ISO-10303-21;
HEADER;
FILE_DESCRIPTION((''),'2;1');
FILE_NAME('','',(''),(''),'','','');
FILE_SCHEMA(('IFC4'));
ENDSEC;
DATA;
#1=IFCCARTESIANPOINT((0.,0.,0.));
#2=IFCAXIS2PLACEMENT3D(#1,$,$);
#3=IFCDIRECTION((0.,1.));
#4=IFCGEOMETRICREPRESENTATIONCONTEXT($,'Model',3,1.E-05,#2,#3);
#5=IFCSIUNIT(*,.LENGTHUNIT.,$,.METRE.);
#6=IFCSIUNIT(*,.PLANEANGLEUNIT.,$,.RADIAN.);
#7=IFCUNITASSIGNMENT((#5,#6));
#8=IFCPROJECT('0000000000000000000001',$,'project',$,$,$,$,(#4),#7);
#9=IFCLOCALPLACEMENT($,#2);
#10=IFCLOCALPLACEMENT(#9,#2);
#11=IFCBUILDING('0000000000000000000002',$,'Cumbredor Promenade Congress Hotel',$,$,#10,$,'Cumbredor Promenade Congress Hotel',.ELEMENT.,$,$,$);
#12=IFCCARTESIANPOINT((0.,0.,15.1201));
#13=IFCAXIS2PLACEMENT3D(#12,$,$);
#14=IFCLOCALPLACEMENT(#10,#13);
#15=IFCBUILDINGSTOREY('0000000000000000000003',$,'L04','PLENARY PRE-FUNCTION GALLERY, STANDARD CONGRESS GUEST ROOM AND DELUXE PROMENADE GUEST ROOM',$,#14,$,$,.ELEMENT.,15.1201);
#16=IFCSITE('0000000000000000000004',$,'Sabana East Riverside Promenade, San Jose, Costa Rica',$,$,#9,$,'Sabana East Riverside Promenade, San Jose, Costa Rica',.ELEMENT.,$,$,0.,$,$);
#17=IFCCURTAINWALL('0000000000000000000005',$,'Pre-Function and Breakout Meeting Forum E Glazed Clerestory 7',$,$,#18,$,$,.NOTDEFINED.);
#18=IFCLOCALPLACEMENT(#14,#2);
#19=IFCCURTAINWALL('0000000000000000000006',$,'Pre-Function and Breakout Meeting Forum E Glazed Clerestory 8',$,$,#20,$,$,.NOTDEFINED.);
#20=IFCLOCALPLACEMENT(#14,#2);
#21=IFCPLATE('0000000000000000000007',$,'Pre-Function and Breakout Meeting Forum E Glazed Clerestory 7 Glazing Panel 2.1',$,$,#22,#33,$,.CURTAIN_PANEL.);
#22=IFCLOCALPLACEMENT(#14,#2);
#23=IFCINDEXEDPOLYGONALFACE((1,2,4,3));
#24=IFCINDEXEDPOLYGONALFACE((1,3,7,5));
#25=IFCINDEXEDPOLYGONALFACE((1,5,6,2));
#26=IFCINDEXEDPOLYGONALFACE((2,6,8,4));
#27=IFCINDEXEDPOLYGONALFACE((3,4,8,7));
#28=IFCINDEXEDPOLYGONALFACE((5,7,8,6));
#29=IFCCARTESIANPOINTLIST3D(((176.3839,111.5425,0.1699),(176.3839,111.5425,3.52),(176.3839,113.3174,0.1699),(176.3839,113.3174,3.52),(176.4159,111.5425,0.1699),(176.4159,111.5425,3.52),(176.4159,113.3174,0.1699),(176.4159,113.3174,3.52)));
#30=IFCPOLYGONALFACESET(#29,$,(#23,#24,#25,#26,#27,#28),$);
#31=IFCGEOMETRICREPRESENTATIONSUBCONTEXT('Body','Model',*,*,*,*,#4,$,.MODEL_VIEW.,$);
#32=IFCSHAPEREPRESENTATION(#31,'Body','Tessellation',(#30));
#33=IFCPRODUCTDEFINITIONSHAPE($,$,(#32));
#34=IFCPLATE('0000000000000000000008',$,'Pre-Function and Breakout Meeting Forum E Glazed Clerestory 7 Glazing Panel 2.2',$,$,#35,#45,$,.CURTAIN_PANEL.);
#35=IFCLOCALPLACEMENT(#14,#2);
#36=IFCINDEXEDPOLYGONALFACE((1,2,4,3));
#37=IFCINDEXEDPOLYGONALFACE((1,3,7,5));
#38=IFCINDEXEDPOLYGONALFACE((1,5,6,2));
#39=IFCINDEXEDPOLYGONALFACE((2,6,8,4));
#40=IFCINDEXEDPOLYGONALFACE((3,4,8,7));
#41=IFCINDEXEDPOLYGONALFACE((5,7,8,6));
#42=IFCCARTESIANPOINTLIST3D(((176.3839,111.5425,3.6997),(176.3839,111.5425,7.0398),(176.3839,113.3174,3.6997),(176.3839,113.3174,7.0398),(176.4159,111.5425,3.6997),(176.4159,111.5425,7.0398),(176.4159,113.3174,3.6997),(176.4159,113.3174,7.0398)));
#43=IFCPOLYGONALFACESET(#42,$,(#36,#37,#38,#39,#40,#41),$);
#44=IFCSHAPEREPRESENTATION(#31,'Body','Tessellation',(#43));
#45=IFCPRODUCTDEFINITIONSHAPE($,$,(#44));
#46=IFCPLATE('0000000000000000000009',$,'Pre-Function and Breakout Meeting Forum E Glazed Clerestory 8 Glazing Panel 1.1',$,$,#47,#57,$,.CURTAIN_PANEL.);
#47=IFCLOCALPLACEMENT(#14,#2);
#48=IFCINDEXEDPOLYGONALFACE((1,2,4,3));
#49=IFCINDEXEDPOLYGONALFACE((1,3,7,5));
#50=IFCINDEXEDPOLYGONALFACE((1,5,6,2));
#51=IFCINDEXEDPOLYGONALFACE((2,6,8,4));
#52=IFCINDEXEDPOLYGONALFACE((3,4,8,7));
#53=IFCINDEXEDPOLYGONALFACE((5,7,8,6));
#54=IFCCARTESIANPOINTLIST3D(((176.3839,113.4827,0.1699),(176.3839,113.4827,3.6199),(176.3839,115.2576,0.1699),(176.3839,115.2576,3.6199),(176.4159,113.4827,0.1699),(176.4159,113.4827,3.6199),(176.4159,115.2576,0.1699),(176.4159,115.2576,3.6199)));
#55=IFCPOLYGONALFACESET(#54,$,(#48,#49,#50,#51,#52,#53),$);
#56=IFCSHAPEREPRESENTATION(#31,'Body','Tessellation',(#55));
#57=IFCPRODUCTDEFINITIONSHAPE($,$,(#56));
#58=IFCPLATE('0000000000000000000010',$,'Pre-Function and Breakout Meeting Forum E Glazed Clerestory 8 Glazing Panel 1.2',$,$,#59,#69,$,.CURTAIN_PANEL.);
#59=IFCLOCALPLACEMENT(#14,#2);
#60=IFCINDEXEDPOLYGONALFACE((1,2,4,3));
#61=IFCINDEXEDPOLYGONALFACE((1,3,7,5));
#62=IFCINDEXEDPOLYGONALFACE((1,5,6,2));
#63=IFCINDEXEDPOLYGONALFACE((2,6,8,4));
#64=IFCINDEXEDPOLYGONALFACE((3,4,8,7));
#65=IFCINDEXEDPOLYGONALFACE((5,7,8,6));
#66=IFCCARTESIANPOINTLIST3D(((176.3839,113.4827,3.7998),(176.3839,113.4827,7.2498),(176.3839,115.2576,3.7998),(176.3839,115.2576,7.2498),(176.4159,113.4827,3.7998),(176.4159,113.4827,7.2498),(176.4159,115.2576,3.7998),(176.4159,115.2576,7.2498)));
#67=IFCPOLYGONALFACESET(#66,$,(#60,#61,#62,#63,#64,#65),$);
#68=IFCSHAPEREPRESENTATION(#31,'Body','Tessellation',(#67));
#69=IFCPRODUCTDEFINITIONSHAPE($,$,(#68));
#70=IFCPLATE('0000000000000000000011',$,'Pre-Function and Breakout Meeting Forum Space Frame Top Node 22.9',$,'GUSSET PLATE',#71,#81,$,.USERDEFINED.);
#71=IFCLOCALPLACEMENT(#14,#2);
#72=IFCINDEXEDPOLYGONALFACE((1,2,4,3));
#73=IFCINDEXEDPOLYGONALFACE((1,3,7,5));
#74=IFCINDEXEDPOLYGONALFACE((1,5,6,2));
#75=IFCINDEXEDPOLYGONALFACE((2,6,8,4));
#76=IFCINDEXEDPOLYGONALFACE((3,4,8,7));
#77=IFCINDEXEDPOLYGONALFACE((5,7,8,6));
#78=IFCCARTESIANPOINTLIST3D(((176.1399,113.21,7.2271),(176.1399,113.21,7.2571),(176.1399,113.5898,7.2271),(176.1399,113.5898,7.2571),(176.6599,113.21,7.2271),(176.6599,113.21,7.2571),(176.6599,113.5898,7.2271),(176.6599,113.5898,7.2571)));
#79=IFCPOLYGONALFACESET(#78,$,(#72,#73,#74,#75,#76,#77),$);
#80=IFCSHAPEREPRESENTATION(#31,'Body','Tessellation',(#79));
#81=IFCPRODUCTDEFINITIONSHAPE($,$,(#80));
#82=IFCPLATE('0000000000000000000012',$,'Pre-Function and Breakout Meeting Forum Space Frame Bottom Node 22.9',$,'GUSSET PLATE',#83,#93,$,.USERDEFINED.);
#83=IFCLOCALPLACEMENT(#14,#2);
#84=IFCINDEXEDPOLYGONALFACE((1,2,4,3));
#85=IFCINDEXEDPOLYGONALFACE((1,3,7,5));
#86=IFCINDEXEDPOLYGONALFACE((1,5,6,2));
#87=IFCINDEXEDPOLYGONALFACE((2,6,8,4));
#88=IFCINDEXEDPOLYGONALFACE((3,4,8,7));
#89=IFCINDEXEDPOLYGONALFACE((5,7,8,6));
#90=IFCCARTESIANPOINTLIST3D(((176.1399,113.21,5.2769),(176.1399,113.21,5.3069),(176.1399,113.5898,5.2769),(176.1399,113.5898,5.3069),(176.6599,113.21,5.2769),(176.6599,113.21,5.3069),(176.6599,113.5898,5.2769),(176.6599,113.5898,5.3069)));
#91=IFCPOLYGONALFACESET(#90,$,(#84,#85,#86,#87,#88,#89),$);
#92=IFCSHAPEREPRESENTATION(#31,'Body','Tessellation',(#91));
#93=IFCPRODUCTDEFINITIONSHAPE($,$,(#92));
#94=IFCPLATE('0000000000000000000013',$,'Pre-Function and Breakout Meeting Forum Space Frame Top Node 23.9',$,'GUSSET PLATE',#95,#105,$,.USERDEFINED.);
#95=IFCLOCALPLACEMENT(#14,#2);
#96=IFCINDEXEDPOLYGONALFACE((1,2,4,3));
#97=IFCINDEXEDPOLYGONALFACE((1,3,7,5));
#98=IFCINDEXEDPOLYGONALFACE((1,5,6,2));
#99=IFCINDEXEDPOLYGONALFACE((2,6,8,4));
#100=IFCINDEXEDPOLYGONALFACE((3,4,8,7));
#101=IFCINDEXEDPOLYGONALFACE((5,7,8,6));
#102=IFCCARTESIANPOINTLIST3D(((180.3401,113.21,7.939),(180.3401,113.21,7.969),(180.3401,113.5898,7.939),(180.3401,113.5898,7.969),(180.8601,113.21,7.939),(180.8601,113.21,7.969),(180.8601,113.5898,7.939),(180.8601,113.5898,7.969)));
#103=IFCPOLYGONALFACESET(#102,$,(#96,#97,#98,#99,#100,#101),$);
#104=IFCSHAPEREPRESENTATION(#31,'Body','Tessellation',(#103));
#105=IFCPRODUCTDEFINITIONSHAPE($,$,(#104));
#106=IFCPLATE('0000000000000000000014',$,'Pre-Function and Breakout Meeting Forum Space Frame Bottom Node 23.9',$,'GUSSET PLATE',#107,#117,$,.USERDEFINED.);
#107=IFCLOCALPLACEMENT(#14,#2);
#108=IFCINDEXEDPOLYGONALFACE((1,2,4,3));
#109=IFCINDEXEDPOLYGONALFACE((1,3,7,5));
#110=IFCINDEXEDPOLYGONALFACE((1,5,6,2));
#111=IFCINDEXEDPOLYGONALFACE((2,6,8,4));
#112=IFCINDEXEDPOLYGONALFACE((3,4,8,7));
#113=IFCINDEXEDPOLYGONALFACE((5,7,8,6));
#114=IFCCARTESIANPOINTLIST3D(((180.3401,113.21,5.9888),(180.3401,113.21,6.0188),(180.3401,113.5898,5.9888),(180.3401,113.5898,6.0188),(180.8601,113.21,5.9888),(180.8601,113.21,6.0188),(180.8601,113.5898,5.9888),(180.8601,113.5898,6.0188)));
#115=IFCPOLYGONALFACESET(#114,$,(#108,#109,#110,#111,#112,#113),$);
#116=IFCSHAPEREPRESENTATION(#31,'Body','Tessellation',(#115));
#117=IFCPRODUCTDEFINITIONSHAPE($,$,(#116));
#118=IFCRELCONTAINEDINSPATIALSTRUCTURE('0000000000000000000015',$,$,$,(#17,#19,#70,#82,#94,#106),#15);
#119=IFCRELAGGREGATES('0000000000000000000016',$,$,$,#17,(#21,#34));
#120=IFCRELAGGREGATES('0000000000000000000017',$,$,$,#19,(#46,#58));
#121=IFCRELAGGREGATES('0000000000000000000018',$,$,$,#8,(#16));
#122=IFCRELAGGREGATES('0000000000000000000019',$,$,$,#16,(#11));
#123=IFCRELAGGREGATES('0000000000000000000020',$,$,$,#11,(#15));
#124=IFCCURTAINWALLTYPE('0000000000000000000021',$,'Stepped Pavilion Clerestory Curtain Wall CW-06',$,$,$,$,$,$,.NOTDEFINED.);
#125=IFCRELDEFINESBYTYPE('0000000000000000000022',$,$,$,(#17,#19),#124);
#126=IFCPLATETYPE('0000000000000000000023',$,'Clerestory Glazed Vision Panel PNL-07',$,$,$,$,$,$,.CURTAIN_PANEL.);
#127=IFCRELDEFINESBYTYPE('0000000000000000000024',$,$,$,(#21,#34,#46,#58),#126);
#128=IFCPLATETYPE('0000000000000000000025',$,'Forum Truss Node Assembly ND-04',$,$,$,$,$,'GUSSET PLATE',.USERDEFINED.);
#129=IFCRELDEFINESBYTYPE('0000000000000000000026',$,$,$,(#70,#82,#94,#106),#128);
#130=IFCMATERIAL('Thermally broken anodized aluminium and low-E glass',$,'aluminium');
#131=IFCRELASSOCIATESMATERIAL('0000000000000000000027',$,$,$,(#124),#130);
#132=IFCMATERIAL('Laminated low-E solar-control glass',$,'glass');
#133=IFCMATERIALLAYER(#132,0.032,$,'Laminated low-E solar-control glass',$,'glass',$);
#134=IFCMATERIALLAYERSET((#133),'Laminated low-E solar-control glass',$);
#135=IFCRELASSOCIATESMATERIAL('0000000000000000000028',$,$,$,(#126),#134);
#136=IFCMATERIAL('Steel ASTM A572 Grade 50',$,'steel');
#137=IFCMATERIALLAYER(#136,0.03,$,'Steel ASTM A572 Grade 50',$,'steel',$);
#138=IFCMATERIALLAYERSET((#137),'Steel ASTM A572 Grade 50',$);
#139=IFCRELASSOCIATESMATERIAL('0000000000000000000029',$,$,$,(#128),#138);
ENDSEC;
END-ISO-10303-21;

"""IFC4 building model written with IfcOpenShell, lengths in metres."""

from ifc_helpers import new_model, si_unit, direction, frame, origin, origin_2d, place, context, subcontext, project, spatial, rectangle, extrude, material, layer, layer_set, type_object, element, aggregate, save


model = new_model("IFC4")

# Units and contexts
model_context = context("Model", 3, precision=1e-05, world=origin(), true_north=direction((0.0, 1.0)))
body_context = subcontext(model_context, "Body", "Model", "MODEL_VIEW")
ifc_project = project(units=[si_unit("LENGTHUNIT", "METRE"), si_unit("PLANEANGLEUNIT", "RADIAN")], contexts=[model_context])

# Site, building, storey
site_placement = place(None, origin())
site = spatial("IfcSite", under=ifc_project, at=site_placement, Name="Sabana East Riverside Promenade, San Jose, Costa Rica", LongName="Sabana East Riverside Promenade, San Jose, Costa Rica", CompositionType="ELEMENT", RefElevation=0.0)
building_placement = place(site_placement, origin())
building = spatial("IfcBuilding", under=site, at=building_placement, Name="Cumbredor Promenade Congress Hotel", LongName="Cumbredor Promenade Congress Hotel", CompositionType="ELEMENT")
storey_placement = place(building_placement, frame((0.0, 0.0, 15.1201)))
storey = spatial("IfcBuildingStorey", under=building, at=storey_placement, Name="L04", Description="PLENARY PRE-FUNCTION GALLERY, STANDARD CONGRESS GUEST ROOM AND DELUXE PROMENADE GUEST ROOM", CompositionType="ELEMENT", Elevation=15.1201)

# Curtain wall
ifc_material_1 = material(Name="Thermally broken anodized aluminium and low-E glass", Category="aluminium")
curtain_wall_type = type_object("IfcCurtainWallType", Name="Stepped Pavilion Clerestory Curtain Wall CW-06", PredefinedType="NOTDEFINED", material=ifc_material_1)
curtain_wall_1_placement = place(storey_placement, origin())
curtain_wall_1 = element("IfcCurtainWall", 1, at=curtain_wall_1_placement, inside=storey, type_object=curtain_wall_type, Name="Pre-Function and Breakout Meeting Forum E Glazed Clerestory 7", PredefinedType="NOTDEFINED")

# Curtain wall
curtain_wall_2_placement = place(storey_placement, origin())
curtain_wall_2 = element("IfcCurtainWall", 2, at=curtain_wall_2_placement, inside=storey, type_object=curtain_wall_type, Name="Pre-Function and Breakout Meeting Forum E Glazed Clerestory 8", PredefinedType="NOTDEFINED")

# Plates
ifc_material_2 = material(Name="Laminated low-E solar-control glass", Category="glass")
ifc_layer_1 = layer(ifc_material_2, 0.032, Name="Laminated low-E solar-control glass", Category="glass")
ifc_layer_set_1 = layer_set([ifc_layer_1], Name="Laminated low-E solar-control glass")
plate_type_1 = type_object("IfcPlateType", Name="Clerestory Glazed Vision Panel PNL-07", PredefinedType="CURTAIN_PANEL", material=ifc_layer_set_1)
plate_1_placement = place(storey_placement, frame((176.3999, 112.4299, 0.1699), z_axis=(0.0, 0.0, 1.0), x_axis=(0.0, 1.0, 0.0)))
plate_1 = element("IfcPlate", 3, at=plate_1_placement, type_object=plate_type_1, Name="Pre-Function and Breakout Meeting Forum E Glazed Clerestory 7 Glazing Panel 2.1", PredefinedType="CURTAIN_PANEL", context=body_context, shape_type="SweptSolid", body=[
    extrude(rectangle(XDim=1.7749, YDim=0.032, at=origin_2d()), origin(), (0.0, 0.0, 1.0), 3.3501),
])
plate_2_placement = place(storey_placement, frame((176.3999, 112.4299, 3.6997), z_axis=(0.0, 0.0, 1.0), x_axis=(0.0, 1.0, 0.0)))
plate_2 = element("IfcPlate", 4, at=plate_2_placement, type_object=plate_type_1, Name="Pre-Function and Breakout Meeting Forum E Glazed Clerestory 7 Glazing Panel 2.2", PredefinedType="CURTAIN_PANEL", context=body_context, shape_type="SweptSolid", body=[
    extrude(rectangle(XDim=1.7749, YDim=0.032, at=origin_2d()), origin(), (0.0, 0.0, 1.0), 3.3401),
])
aggregate(curtain_wall_1, [plate_1, plate_2])
plate_3_placement = place(storey_placement, frame((176.3999, 114.3701, 0.1699), z_axis=(0.0, 0.0, 1.0), x_axis=(0.0, 1.0, 0.0)))
plate_3 = element("IfcPlate", 5, at=plate_3_placement, type_object=plate_type_1, Name="Pre-Function and Breakout Meeting Forum E Glazed Clerestory 8 Glazing Panel 1.1", PredefinedType="CURTAIN_PANEL", context=body_context, shape_type="SweptSolid", body=[
    extrude(rectangle(XDim=1.7749, YDim=0.032, at=origin_2d()), origin(), (0.0, 0.0, 1.0), 3.45),
])
plate_4_placement = place(storey_placement, frame((176.3999, 114.3701, 3.7998), z_axis=(0.0, 0.0, 1.0), x_axis=(0.0, 1.0, 0.0)))
plate_4 = element("IfcPlate", 6, at=plate_4_placement, type_object=plate_type_1, Name="Pre-Function and Breakout Meeting Forum E Glazed Clerestory 8 Glazing Panel 1.2", PredefinedType="CURTAIN_PANEL", context=body_context, shape_type="SweptSolid", body=[
    extrude(rectangle(XDim=1.7749, YDim=0.032, at=origin_2d()), origin(), (0.0, 0.0, 1.0), 3.45),
])
aggregate(curtain_wall_2, [plate_3, plate_4])

# Plates
ifc_material_3 = material(Name="Steel ASTM A572 Grade 50", Category="steel")
ifc_layer_2 = layer(ifc_material_3, 0.03, Name="Steel ASTM A572 Grade 50", Category="steel")
ifc_layer_set_2 = layer_set([ifc_layer_2], Name="Steel ASTM A572 Grade 50")
plate_type_2 = type_object("IfcPlateType", Name="Forum Truss Node Assembly ND-04", ElementType="GUSSET PLATE", PredefinedType="USERDEFINED", material=ifc_layer_set_2)
for number, where, z_axis, x_axis, name in (
    (7, (176.3999, 113.3999, 7.2271), (0.0, 0.0, 1.0), (1.0, 0.0, 0.0), "Pre-Function and Breakout Meeting Forum Space Frame Top Node 22.9"),
    (8, (176.3999, 113.3999, 5.2769), (0.0, 0.0, 1.0), (1.0, 0.0, 0.0), "Pre-Function and Breakout Meeting Forum Space Frame Bottom Node 22.9"),
    (9, (180.6001, 113.3999, 7.939), (0.0, 0.0, 1.0), (1.0, 0.0, 0.0), "Pre-Function and Breakout Meeting Forum Space Frame Top Node 23.9"),
    (10, (180.6001, 113.3999, 5.9888), (0.0, 0.0, 1.0), (1.0, 0.0, 0.0), "Pre-Function and Breakout Meeting Forum Space Frame Bottom Node 23.9"),
):
    element("IfcPlate", number, at=place(storey_placement, frame(where, z_axis=z_axis, x_axis=x_axis)), inside=storey, type_object=plate_type_2, Name=name, ObjectType="GUSSET PLATE", PredefinedType="USERDEFINED", context=body_context, shape_type="SweptSolid", body=[
        extrude(rectangle(XDim=0.52, YDim=0.3799, at=origin_2d()), origin(), (0.0, 0.0, 1.0), 0.03),
    ])

save(model, "model.ifc")
